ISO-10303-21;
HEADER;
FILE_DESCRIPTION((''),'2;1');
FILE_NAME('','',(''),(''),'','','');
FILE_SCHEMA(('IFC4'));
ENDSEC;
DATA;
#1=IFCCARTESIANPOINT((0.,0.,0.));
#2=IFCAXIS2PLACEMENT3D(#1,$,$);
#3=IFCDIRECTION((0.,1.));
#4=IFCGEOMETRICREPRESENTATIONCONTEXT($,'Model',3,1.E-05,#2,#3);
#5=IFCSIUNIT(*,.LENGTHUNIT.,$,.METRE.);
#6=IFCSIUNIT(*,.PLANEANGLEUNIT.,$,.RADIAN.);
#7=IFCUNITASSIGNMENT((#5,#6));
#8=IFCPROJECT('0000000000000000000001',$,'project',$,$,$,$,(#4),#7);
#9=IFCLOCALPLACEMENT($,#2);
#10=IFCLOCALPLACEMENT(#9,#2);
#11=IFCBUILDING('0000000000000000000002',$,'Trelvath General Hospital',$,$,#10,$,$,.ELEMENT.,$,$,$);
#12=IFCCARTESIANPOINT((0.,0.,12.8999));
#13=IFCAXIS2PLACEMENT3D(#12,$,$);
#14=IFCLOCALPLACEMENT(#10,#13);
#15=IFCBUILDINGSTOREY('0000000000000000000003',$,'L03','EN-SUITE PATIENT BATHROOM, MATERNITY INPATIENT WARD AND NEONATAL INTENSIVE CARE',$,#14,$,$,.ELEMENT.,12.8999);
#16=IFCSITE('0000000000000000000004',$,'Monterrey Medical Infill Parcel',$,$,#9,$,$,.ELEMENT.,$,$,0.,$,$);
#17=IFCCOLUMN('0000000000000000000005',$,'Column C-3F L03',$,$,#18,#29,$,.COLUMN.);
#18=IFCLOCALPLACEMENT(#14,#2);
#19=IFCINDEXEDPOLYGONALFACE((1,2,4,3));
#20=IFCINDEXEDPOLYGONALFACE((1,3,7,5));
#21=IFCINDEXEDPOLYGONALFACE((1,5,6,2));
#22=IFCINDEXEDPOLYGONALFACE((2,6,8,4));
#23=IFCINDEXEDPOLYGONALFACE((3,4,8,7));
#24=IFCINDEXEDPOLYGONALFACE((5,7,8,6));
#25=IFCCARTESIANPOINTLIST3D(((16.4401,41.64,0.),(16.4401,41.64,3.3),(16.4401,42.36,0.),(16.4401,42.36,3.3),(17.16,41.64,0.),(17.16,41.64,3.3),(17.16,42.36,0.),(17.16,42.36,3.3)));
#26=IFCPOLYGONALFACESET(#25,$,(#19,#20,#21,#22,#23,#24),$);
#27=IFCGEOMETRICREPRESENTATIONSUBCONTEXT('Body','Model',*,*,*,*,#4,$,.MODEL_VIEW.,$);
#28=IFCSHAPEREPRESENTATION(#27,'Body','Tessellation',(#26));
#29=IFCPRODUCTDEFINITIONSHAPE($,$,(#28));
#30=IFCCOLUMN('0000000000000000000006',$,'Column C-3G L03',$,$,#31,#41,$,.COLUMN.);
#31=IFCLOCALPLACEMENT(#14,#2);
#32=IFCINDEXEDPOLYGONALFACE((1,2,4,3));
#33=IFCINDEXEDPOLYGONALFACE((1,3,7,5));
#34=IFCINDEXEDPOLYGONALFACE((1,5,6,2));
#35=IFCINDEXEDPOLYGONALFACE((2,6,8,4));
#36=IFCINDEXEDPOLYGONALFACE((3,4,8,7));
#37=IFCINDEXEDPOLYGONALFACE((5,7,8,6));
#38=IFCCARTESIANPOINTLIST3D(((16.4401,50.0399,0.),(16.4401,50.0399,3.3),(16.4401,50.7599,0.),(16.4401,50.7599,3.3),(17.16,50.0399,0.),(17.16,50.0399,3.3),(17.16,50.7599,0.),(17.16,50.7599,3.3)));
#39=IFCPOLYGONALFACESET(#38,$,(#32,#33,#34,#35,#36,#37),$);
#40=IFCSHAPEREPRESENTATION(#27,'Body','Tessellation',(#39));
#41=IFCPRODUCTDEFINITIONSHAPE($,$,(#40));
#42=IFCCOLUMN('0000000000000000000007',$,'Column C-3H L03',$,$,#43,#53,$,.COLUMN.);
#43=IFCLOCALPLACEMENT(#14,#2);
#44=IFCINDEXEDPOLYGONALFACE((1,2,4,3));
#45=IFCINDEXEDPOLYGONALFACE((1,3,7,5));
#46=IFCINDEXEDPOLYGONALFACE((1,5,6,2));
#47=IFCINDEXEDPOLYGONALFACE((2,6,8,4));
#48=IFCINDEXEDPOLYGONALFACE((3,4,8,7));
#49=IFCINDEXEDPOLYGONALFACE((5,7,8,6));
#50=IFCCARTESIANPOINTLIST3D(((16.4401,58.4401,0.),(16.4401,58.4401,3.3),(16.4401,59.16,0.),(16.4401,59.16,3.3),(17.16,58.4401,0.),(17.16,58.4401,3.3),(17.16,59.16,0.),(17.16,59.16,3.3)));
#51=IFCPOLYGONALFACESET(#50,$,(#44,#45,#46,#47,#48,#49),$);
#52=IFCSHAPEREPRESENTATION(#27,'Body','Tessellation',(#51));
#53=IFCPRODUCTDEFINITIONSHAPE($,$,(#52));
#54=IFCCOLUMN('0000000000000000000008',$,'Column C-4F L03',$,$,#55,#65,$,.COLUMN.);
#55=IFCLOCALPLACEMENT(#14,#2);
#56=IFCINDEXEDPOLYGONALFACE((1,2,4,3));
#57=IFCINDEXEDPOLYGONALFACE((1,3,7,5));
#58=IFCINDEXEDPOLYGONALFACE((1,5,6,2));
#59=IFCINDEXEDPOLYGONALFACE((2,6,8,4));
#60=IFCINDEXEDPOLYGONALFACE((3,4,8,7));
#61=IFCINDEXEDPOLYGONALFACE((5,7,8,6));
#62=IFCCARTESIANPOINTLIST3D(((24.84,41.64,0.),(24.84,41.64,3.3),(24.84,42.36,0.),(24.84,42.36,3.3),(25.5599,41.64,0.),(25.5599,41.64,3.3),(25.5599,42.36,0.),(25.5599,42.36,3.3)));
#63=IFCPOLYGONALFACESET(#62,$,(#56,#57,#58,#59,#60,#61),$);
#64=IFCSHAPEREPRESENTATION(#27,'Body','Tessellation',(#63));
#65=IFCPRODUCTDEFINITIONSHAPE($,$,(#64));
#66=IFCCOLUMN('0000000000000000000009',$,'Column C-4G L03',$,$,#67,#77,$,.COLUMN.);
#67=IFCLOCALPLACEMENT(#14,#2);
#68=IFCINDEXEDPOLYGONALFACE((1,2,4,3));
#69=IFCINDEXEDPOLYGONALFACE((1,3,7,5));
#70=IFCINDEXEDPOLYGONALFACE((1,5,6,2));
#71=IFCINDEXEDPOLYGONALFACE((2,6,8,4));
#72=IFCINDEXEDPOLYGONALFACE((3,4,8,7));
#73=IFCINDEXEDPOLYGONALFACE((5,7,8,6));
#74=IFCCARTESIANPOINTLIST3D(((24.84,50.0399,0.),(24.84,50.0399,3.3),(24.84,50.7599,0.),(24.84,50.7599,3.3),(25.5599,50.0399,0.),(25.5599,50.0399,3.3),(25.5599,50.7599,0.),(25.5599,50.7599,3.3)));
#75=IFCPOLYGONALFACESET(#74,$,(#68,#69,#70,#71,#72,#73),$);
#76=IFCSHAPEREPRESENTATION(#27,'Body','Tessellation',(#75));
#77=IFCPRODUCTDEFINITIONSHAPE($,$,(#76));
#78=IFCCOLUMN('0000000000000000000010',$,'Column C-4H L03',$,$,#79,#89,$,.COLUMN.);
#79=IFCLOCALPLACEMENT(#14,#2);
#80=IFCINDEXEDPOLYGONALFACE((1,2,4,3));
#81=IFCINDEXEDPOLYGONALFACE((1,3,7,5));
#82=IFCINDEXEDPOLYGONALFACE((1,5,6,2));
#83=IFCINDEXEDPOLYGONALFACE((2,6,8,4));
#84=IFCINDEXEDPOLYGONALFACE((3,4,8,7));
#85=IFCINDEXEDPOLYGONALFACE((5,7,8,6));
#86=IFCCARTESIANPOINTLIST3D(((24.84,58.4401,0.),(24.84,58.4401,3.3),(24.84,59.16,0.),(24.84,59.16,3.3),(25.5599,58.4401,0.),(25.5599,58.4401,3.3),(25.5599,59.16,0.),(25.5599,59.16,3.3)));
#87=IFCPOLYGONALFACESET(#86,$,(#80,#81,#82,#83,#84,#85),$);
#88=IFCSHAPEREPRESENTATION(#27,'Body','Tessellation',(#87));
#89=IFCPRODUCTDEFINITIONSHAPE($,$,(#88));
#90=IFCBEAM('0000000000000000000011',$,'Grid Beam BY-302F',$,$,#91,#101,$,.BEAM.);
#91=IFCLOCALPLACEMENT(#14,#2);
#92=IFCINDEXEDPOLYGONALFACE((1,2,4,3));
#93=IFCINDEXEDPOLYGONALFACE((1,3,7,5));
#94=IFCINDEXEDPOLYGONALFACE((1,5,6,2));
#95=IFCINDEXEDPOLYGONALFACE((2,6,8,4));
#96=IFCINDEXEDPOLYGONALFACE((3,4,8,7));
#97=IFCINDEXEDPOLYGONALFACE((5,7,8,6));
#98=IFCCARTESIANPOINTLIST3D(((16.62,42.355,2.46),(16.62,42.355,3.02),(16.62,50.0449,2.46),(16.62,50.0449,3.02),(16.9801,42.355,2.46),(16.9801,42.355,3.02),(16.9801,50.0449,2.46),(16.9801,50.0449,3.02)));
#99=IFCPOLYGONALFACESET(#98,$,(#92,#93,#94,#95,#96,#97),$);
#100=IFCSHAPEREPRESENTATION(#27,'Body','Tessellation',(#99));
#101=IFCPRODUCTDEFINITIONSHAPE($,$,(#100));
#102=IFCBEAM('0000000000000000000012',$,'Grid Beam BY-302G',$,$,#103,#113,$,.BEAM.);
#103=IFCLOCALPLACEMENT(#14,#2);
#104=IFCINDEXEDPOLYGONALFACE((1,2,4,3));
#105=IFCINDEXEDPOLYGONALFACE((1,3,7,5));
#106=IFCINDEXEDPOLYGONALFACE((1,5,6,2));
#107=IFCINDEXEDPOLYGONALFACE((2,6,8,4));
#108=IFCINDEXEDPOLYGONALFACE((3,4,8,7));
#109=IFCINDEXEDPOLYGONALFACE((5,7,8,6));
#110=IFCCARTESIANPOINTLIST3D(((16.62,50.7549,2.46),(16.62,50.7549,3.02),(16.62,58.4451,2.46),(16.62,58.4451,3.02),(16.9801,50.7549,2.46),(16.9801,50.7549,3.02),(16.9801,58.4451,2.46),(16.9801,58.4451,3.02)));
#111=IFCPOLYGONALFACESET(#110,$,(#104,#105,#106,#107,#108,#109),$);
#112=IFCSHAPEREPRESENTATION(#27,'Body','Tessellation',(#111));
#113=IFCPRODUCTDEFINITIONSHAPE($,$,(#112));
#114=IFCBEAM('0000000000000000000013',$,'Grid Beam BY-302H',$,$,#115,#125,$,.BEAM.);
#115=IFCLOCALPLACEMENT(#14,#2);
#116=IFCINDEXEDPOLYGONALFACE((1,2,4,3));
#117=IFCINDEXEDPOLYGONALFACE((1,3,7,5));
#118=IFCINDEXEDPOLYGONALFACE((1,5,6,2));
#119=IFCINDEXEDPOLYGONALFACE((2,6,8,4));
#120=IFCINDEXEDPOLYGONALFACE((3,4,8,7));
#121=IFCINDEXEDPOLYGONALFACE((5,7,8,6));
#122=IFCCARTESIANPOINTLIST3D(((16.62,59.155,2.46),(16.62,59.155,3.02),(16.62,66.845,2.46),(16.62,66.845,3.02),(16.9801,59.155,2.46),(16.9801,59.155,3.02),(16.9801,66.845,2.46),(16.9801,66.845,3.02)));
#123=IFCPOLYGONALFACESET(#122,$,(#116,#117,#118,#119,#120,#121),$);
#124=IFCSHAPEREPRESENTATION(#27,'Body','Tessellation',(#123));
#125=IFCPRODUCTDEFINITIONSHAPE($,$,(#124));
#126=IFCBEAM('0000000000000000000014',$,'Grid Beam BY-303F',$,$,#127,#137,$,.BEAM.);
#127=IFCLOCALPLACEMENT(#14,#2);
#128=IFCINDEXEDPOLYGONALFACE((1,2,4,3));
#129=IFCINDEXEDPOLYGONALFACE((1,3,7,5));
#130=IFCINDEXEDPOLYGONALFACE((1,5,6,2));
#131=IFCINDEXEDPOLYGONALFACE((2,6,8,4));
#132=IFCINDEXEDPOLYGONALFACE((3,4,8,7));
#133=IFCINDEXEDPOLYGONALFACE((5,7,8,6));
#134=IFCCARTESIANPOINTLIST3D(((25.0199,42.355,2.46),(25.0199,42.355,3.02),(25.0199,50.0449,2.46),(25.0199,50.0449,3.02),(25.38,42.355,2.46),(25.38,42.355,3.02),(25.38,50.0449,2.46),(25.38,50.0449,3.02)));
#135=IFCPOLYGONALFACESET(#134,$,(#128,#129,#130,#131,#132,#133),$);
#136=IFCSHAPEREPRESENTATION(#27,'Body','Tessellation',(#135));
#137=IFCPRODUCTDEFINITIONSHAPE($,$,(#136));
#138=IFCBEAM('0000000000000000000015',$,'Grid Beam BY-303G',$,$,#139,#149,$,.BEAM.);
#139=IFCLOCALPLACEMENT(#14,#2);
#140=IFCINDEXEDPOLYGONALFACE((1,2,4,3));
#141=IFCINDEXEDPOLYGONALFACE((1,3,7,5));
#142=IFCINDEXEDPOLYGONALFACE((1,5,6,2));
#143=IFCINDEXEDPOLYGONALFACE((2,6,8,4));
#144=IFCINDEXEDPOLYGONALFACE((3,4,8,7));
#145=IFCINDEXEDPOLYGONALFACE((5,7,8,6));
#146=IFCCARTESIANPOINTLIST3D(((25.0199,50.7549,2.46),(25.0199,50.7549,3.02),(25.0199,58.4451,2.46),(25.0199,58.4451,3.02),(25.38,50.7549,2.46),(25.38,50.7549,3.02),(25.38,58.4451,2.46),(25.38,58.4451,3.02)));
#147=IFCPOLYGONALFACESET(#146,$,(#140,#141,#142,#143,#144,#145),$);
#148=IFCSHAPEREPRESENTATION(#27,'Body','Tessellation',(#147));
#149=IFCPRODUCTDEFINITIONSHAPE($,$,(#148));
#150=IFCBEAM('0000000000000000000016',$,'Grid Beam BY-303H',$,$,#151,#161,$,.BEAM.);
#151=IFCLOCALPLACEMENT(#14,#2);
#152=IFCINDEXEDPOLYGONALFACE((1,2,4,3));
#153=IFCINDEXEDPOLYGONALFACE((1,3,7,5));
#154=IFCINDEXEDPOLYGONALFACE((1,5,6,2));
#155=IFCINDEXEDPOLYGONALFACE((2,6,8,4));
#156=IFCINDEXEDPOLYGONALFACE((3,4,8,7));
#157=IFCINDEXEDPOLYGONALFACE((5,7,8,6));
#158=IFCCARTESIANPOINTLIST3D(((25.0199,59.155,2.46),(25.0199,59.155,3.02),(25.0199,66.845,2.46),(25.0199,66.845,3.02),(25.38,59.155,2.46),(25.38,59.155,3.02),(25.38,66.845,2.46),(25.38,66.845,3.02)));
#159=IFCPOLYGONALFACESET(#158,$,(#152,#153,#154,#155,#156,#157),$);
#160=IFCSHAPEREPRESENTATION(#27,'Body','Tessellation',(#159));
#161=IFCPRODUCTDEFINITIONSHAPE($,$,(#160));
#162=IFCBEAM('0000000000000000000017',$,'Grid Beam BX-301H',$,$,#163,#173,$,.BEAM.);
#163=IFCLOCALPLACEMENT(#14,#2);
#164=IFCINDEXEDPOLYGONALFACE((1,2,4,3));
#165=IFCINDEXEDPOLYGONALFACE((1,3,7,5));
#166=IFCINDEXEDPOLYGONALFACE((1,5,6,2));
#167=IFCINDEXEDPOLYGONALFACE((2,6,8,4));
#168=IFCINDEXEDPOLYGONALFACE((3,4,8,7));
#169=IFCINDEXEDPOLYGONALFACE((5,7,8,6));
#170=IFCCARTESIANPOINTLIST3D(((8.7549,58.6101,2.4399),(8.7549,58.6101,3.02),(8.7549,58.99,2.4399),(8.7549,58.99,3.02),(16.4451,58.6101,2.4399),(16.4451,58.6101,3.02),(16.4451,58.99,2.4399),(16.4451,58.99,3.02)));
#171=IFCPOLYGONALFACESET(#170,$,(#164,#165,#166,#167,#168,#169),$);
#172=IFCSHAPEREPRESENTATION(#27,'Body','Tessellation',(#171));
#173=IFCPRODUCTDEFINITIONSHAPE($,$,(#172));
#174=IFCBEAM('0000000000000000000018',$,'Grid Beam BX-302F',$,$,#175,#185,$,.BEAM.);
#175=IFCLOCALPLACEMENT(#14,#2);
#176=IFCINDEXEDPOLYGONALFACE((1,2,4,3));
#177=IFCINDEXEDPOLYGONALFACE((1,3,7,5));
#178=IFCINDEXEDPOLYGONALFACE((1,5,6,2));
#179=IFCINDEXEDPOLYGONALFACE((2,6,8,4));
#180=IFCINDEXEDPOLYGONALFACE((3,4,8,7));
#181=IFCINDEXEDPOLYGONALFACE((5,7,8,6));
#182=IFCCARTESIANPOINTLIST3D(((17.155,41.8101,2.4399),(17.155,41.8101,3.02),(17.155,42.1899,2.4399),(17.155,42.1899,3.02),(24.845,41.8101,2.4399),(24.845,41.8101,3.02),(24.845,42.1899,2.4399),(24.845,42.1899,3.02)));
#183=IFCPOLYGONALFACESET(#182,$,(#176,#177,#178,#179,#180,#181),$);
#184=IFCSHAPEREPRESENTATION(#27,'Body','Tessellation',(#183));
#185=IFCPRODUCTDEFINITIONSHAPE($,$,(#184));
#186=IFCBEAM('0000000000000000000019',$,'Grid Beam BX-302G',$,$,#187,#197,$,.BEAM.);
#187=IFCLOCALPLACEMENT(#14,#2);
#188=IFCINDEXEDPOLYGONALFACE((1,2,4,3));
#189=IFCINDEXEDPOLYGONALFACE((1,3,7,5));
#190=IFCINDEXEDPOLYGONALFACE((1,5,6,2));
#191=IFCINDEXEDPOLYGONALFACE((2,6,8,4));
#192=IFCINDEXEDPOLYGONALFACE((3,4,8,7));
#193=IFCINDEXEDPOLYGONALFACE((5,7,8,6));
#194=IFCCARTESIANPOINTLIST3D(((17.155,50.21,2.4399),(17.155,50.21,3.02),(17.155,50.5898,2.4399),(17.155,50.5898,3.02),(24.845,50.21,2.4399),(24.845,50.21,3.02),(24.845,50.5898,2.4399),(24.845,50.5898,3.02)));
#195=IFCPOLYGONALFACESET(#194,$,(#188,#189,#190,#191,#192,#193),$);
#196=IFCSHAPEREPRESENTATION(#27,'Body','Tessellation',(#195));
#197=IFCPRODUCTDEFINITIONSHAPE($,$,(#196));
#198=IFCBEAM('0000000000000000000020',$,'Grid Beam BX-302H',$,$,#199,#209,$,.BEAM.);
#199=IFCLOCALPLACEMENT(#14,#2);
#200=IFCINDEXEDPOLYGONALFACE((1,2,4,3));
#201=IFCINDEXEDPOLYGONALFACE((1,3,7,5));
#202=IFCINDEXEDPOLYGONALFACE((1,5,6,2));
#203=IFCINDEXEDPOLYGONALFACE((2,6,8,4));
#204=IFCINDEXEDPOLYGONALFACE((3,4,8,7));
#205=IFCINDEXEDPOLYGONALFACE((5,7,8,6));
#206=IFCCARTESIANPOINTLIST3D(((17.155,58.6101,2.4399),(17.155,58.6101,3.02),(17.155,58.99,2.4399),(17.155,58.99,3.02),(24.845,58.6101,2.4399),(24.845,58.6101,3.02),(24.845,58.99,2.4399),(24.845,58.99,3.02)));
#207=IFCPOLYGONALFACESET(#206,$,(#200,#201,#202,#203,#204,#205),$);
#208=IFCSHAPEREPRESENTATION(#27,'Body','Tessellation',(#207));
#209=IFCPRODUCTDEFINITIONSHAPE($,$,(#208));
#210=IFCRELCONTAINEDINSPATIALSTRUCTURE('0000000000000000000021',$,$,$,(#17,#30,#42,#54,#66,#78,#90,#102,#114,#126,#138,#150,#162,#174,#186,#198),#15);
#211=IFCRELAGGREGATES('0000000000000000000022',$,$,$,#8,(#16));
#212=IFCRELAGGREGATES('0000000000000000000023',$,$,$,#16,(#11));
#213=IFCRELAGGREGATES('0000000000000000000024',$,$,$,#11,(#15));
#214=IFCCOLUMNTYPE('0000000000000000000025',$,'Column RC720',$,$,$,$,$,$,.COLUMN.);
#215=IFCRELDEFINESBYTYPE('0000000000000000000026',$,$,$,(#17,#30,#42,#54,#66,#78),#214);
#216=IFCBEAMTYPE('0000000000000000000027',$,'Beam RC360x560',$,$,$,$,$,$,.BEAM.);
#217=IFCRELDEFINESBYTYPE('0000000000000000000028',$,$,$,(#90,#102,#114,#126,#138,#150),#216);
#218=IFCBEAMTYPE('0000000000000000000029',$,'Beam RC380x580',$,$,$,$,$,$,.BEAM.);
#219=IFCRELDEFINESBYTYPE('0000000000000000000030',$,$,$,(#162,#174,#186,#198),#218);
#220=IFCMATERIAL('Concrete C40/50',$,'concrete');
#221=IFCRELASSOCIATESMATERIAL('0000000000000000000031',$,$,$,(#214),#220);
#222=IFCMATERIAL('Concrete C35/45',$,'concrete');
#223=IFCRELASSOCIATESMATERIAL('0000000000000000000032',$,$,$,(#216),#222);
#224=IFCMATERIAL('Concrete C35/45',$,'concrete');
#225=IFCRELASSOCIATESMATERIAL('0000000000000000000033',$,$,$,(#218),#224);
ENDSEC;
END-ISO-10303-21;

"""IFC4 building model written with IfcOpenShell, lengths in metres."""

from ifc_helpers import new_model, si_unit, direction, frame, origin, origin_2d, place, context, subcontext, project, spatial, rectangle, extrude, material, material_profile, profile_set, type_object, element, save


model = new_model("IFC4")

# Units and contexts
model_context = context("Model", 3, precision=1e-05, world=origin(), true_north=direction((0.0, 1.0)))
body_context = subcontext(model_context, "Body", "Model", "MODEL_VIEW")
ifc_project = project(units=[si_unit("LENGTHUNIT", "METRE"), si_unit("PLANEANGLEUNIT", "RADIAN")], contexts=[model_context])

# Site, building, storey
site_placement = place(None, origin())
site = spatial("IfcSite", under=ifc_project, at=site_placement, Name="Monterrey Medical Infill Parcel", CompositionType="ELEMENT", RefElevation=0.0)
building_placement = place(site_placement, origin())
building = spatial("IfcBuilding", under=site, at=building_placement, Name="Trelvath General Hospital", CompositionType="ELEMENT")
storey_placement = place(building_placement, frame((0.0, 0.0, 12.8999)))
storey = spatial("IfcBuildingStorey", under=building, at=storey_placement, Name="L03", Description="EN-SUITE PATIENT BATHROOM, MATERNITY INPATIENT WARD AND NEONATAL INTENSIVE CARE", CompositionType="ELEMENT", Elevation=12.8999)

# Columns
ifc_material_1 = material(Name="Concrete C40/50", Category="concrete")
ifc_material_profile_1 = material_profile(ifc_material_1, rectangle(XDim=0.72, YDim=0.72, at=origin_2d()), Name="RC720x720")
ifc_profile_set_1 = profile_set([ifc_material_profile_1], Name="Concrete C40/50")
column_type = type_object("IfcColumnType", Name="Column RC720", PredefinedType="COLUMN", material=ifc_profile_set_1)
for number, where, z_axis, x_axis, name in (
    (1, (16.8, 42.0, 0.0), (0.0, 0.0, 1.0), (1.0, 0.0, 0.0), "Column C-3F L03"),
    (2, (16.8, 50.3999, 0.0), (0.0, 0.0, 1.0), (1.0, 0.0, 0.0), "Column C-3G L03"),
    (3, (16.8, 58.8, 0.0), (0.0, 0.0, 1.0), (1.0, 0.0, 0.0), "Column C-3H L03"),
    (4, (25.2, 42.0, 0.0), (0.0, 0.0, 1.0), (1.0, 0.0, 0.0), "Column C-4F L03"),
    (5, (25.2, 50.3999, 0.0), (0.0, 0.0, 1.0), (1.0, 0.0, 0.0), "Column C-4G L03"),
    (6, (25.2, 58.8, 0.0), (0.0, 0.0, 1.0), (1.0, 0.0, 0.0), "Column C-4H L03"),
):
    element("IfcColumn", number, at=place(storey_placement, frame(where, z_axis=z_axis, x_axis=x_axis)), inside=storey, type_object=column_type, Name=name, PredefinedType="COLUMN", context=body_context, shape_type="SweptSolid", body=[
        extrude(rectangle(XDim=0.72, YDim=0.72, at=origin_2d()), origin(), (0.0, 0.0, 1.0), 3.3),
    ])

# Beams
ifc_material_2 = material(Name="Concrete C35/45", Category="concrete")
ifc_material_profile_2 = material_profile(ifc_material_2, rectangle(XDim=0.3601, YDim=0.5601, at=origin_2d()), Name="RCB360x560")
ifc_profile_set_2 = profile_set([ifc_material_profile_2], Name="Concrete C35/45")
beam_type_1 = type_object("IfcBeamType", Name="Beam RC360x560", PredefinedType="BEAM", material=ifc_profile_set_2)
beam_1_placement = place(storey_placement, frame((16.8, 42.355, 2.74), z_axis=(0.0, 1.0, 0.0), x_axis=(-1.0, 0.0, 0.0)))
element("IfcBeam", 7, at=beam_1_placement, inside=storey, type_object=beam_type_1, Name="Grid Beam BY-302F", PredefinedType="BEAM", context=body_context, shape_type="SweptSolid", body=[
    extrude(rectangle(XDim=0.3601, YDim=0.5601, at=origin_2d()), origin(), (0.0, 0.0, 1.0), 7.6899),
])
beam_2_placement = place(storey_placement, frame((16.8, 50.7549, 2.74), z_axis=(0.0, 1.0, 0.0), x_axis=(-1.0, 0.0, 0.0)))
element("IfcBeam", 8, at=beam_2_placement, inside=storey, type_object=beam_type_1, Name="Grid Beam BY-302G", PredefinedType="BEAM", context=body_context, shape_type="SweptSolid", body=[
    extrude(rectangle(XDim=0.3601, YDim=0.5601, at=origin_2d()), origin(), (0.0, 0.0, 1.0), 7.6902),
])
for number, where, z_axis, x_axis, name in (
    (9, (16.8, 59.155, 2.74), (0.0, 1.0, 0.0), (-1.0, 0.0, 0.0), "Grid Beam BY-302H"),
    (10, (25.2, 42.355, 2.74), (0.0, 1.0, 0.0), (-1.0, 0.0, 0.0), "Grid Beam BY-303F"),
):
    element("IfcBeam", number, at=place(storey_placement, frame(where, z_axis=z_axis, x_axis=x_axis)), inside=storey, type_object=beam_type_1, Name=name, PredefinedType="BEAM", context=body_context, shape_type="SweptSolid", body=[
        extrude(rectangle(XDim=0.3601, YDim=0.5601, at=origin_2d()), origin(), (0.0, 0.0, 1.0), 7.6899),
    ])
beam_3_placement = place(storey_placement, frame((25.2, 50.7549, 2.74), z_axis=(0.0, 1.0, 0.0), x_axis=(-1.0, 0.0, 0.0)))
element("IfcBeam", 11, at=beam_3_placement, inside=storey, type_object=beam_type_1, Name="Grid Beam BY-303G", PredefinedType="BEAM", context=body_context, shape_type="SweptSolid", body=[
    extrude(rectangle(XDim=0.3601, YDim=0.5601, at=origin_2d()), origin(), (0.0, 0.0, 1.0), 7.6902),
])
beam_4_placement = place(storey_placement, frame((25.2, 59.155, 2.74), z_axis=(0.0, 1.0, 0.0), x_axis=(-1.0, 0.0, 0.0)))
element("IfcBeam", 12, at=beam_4_placement, inside=storey, type_object=beam_type_1, Name="Grid Beam BY-303H", PredefinedType="BEAM", context=body_context, shape_type="SweptSolid", body=[
    extrude(rectangle(XDim=0.3601, YDim=0.5601, at=origin_2d()), origin(), (0.0, 0.0, 1.0), 7.6899),
])
ifc_material_3 = material(Name="Concrete C35/45", Category="concrete")
ifc_material_profile_3 = material_profile(ifc_material_3, rectangle(XDim=0.3799, YDim=0.5801, at=origin_2d()), Name="RCB380x580")
ifc_profile_set_3 = profile_set([ifc_material_profile_3], Name="Concrete C35/45")
beam_type_2 = type_object("IfcBeamType", Name="Beam RC380x580", PredefinedType="BEAM", material=ifc_profile_set_3)
beam_5_placement = place(storey_placement, frame((8.7549, 58.8, 2.73), z_axis=(1.0, 0.0, 0.0), x_axis=(0.0, 1.0, 0.0)))
element("IfcBeam", 13, at=beam_5_placement, inside=storey, type_object=beam_type_2, Name="Grid Beam BX-301H", PredefinedType="BEAM", context=body_context, shape_type="SweptSolid", body=[
    extrude(rectangle(XDim=0.3799, YDim=0.5801, at=origin_2d()), origin(), (0.0, 0.0, 1.0), 7.6902),
])
for number, where, z_axis, x_axis, name in (
    (14, (17.155, 42.0, 2.73), (1.0, 0.0, 0.0), (0.0, 1.0, 0.0), "Grid Beam BX-302F"),
    (15, (17.155, 50.3999, 2.73), (1.0, 0.0, 0.0), (0.0, 1.0, 0.0), "Grid Beam BX-302G"),
    (16, (17.155, 58.8, 2.73), (1.0, 0.0, 0.0), (0.0, 1.0, 0.0), "Grid Beam BX-302H"),
):
    element("IfcBeam", number, at=place(storey_placement, frame(where, z_axis=z_axis, x_axis=x_axis)), inside=storey, type_object=beam_type_2, Name=name, PredefinedType="BEAM", context=body_context, shape_type="SweptSolid", body=[
        extrude(rectangle(XDim=0.3799, YDim=0.5801, at=origin_2d()), origin(), (0.0, 0.0, 1.0), 7.6899),
    ])

save(model, "model.ifc")
